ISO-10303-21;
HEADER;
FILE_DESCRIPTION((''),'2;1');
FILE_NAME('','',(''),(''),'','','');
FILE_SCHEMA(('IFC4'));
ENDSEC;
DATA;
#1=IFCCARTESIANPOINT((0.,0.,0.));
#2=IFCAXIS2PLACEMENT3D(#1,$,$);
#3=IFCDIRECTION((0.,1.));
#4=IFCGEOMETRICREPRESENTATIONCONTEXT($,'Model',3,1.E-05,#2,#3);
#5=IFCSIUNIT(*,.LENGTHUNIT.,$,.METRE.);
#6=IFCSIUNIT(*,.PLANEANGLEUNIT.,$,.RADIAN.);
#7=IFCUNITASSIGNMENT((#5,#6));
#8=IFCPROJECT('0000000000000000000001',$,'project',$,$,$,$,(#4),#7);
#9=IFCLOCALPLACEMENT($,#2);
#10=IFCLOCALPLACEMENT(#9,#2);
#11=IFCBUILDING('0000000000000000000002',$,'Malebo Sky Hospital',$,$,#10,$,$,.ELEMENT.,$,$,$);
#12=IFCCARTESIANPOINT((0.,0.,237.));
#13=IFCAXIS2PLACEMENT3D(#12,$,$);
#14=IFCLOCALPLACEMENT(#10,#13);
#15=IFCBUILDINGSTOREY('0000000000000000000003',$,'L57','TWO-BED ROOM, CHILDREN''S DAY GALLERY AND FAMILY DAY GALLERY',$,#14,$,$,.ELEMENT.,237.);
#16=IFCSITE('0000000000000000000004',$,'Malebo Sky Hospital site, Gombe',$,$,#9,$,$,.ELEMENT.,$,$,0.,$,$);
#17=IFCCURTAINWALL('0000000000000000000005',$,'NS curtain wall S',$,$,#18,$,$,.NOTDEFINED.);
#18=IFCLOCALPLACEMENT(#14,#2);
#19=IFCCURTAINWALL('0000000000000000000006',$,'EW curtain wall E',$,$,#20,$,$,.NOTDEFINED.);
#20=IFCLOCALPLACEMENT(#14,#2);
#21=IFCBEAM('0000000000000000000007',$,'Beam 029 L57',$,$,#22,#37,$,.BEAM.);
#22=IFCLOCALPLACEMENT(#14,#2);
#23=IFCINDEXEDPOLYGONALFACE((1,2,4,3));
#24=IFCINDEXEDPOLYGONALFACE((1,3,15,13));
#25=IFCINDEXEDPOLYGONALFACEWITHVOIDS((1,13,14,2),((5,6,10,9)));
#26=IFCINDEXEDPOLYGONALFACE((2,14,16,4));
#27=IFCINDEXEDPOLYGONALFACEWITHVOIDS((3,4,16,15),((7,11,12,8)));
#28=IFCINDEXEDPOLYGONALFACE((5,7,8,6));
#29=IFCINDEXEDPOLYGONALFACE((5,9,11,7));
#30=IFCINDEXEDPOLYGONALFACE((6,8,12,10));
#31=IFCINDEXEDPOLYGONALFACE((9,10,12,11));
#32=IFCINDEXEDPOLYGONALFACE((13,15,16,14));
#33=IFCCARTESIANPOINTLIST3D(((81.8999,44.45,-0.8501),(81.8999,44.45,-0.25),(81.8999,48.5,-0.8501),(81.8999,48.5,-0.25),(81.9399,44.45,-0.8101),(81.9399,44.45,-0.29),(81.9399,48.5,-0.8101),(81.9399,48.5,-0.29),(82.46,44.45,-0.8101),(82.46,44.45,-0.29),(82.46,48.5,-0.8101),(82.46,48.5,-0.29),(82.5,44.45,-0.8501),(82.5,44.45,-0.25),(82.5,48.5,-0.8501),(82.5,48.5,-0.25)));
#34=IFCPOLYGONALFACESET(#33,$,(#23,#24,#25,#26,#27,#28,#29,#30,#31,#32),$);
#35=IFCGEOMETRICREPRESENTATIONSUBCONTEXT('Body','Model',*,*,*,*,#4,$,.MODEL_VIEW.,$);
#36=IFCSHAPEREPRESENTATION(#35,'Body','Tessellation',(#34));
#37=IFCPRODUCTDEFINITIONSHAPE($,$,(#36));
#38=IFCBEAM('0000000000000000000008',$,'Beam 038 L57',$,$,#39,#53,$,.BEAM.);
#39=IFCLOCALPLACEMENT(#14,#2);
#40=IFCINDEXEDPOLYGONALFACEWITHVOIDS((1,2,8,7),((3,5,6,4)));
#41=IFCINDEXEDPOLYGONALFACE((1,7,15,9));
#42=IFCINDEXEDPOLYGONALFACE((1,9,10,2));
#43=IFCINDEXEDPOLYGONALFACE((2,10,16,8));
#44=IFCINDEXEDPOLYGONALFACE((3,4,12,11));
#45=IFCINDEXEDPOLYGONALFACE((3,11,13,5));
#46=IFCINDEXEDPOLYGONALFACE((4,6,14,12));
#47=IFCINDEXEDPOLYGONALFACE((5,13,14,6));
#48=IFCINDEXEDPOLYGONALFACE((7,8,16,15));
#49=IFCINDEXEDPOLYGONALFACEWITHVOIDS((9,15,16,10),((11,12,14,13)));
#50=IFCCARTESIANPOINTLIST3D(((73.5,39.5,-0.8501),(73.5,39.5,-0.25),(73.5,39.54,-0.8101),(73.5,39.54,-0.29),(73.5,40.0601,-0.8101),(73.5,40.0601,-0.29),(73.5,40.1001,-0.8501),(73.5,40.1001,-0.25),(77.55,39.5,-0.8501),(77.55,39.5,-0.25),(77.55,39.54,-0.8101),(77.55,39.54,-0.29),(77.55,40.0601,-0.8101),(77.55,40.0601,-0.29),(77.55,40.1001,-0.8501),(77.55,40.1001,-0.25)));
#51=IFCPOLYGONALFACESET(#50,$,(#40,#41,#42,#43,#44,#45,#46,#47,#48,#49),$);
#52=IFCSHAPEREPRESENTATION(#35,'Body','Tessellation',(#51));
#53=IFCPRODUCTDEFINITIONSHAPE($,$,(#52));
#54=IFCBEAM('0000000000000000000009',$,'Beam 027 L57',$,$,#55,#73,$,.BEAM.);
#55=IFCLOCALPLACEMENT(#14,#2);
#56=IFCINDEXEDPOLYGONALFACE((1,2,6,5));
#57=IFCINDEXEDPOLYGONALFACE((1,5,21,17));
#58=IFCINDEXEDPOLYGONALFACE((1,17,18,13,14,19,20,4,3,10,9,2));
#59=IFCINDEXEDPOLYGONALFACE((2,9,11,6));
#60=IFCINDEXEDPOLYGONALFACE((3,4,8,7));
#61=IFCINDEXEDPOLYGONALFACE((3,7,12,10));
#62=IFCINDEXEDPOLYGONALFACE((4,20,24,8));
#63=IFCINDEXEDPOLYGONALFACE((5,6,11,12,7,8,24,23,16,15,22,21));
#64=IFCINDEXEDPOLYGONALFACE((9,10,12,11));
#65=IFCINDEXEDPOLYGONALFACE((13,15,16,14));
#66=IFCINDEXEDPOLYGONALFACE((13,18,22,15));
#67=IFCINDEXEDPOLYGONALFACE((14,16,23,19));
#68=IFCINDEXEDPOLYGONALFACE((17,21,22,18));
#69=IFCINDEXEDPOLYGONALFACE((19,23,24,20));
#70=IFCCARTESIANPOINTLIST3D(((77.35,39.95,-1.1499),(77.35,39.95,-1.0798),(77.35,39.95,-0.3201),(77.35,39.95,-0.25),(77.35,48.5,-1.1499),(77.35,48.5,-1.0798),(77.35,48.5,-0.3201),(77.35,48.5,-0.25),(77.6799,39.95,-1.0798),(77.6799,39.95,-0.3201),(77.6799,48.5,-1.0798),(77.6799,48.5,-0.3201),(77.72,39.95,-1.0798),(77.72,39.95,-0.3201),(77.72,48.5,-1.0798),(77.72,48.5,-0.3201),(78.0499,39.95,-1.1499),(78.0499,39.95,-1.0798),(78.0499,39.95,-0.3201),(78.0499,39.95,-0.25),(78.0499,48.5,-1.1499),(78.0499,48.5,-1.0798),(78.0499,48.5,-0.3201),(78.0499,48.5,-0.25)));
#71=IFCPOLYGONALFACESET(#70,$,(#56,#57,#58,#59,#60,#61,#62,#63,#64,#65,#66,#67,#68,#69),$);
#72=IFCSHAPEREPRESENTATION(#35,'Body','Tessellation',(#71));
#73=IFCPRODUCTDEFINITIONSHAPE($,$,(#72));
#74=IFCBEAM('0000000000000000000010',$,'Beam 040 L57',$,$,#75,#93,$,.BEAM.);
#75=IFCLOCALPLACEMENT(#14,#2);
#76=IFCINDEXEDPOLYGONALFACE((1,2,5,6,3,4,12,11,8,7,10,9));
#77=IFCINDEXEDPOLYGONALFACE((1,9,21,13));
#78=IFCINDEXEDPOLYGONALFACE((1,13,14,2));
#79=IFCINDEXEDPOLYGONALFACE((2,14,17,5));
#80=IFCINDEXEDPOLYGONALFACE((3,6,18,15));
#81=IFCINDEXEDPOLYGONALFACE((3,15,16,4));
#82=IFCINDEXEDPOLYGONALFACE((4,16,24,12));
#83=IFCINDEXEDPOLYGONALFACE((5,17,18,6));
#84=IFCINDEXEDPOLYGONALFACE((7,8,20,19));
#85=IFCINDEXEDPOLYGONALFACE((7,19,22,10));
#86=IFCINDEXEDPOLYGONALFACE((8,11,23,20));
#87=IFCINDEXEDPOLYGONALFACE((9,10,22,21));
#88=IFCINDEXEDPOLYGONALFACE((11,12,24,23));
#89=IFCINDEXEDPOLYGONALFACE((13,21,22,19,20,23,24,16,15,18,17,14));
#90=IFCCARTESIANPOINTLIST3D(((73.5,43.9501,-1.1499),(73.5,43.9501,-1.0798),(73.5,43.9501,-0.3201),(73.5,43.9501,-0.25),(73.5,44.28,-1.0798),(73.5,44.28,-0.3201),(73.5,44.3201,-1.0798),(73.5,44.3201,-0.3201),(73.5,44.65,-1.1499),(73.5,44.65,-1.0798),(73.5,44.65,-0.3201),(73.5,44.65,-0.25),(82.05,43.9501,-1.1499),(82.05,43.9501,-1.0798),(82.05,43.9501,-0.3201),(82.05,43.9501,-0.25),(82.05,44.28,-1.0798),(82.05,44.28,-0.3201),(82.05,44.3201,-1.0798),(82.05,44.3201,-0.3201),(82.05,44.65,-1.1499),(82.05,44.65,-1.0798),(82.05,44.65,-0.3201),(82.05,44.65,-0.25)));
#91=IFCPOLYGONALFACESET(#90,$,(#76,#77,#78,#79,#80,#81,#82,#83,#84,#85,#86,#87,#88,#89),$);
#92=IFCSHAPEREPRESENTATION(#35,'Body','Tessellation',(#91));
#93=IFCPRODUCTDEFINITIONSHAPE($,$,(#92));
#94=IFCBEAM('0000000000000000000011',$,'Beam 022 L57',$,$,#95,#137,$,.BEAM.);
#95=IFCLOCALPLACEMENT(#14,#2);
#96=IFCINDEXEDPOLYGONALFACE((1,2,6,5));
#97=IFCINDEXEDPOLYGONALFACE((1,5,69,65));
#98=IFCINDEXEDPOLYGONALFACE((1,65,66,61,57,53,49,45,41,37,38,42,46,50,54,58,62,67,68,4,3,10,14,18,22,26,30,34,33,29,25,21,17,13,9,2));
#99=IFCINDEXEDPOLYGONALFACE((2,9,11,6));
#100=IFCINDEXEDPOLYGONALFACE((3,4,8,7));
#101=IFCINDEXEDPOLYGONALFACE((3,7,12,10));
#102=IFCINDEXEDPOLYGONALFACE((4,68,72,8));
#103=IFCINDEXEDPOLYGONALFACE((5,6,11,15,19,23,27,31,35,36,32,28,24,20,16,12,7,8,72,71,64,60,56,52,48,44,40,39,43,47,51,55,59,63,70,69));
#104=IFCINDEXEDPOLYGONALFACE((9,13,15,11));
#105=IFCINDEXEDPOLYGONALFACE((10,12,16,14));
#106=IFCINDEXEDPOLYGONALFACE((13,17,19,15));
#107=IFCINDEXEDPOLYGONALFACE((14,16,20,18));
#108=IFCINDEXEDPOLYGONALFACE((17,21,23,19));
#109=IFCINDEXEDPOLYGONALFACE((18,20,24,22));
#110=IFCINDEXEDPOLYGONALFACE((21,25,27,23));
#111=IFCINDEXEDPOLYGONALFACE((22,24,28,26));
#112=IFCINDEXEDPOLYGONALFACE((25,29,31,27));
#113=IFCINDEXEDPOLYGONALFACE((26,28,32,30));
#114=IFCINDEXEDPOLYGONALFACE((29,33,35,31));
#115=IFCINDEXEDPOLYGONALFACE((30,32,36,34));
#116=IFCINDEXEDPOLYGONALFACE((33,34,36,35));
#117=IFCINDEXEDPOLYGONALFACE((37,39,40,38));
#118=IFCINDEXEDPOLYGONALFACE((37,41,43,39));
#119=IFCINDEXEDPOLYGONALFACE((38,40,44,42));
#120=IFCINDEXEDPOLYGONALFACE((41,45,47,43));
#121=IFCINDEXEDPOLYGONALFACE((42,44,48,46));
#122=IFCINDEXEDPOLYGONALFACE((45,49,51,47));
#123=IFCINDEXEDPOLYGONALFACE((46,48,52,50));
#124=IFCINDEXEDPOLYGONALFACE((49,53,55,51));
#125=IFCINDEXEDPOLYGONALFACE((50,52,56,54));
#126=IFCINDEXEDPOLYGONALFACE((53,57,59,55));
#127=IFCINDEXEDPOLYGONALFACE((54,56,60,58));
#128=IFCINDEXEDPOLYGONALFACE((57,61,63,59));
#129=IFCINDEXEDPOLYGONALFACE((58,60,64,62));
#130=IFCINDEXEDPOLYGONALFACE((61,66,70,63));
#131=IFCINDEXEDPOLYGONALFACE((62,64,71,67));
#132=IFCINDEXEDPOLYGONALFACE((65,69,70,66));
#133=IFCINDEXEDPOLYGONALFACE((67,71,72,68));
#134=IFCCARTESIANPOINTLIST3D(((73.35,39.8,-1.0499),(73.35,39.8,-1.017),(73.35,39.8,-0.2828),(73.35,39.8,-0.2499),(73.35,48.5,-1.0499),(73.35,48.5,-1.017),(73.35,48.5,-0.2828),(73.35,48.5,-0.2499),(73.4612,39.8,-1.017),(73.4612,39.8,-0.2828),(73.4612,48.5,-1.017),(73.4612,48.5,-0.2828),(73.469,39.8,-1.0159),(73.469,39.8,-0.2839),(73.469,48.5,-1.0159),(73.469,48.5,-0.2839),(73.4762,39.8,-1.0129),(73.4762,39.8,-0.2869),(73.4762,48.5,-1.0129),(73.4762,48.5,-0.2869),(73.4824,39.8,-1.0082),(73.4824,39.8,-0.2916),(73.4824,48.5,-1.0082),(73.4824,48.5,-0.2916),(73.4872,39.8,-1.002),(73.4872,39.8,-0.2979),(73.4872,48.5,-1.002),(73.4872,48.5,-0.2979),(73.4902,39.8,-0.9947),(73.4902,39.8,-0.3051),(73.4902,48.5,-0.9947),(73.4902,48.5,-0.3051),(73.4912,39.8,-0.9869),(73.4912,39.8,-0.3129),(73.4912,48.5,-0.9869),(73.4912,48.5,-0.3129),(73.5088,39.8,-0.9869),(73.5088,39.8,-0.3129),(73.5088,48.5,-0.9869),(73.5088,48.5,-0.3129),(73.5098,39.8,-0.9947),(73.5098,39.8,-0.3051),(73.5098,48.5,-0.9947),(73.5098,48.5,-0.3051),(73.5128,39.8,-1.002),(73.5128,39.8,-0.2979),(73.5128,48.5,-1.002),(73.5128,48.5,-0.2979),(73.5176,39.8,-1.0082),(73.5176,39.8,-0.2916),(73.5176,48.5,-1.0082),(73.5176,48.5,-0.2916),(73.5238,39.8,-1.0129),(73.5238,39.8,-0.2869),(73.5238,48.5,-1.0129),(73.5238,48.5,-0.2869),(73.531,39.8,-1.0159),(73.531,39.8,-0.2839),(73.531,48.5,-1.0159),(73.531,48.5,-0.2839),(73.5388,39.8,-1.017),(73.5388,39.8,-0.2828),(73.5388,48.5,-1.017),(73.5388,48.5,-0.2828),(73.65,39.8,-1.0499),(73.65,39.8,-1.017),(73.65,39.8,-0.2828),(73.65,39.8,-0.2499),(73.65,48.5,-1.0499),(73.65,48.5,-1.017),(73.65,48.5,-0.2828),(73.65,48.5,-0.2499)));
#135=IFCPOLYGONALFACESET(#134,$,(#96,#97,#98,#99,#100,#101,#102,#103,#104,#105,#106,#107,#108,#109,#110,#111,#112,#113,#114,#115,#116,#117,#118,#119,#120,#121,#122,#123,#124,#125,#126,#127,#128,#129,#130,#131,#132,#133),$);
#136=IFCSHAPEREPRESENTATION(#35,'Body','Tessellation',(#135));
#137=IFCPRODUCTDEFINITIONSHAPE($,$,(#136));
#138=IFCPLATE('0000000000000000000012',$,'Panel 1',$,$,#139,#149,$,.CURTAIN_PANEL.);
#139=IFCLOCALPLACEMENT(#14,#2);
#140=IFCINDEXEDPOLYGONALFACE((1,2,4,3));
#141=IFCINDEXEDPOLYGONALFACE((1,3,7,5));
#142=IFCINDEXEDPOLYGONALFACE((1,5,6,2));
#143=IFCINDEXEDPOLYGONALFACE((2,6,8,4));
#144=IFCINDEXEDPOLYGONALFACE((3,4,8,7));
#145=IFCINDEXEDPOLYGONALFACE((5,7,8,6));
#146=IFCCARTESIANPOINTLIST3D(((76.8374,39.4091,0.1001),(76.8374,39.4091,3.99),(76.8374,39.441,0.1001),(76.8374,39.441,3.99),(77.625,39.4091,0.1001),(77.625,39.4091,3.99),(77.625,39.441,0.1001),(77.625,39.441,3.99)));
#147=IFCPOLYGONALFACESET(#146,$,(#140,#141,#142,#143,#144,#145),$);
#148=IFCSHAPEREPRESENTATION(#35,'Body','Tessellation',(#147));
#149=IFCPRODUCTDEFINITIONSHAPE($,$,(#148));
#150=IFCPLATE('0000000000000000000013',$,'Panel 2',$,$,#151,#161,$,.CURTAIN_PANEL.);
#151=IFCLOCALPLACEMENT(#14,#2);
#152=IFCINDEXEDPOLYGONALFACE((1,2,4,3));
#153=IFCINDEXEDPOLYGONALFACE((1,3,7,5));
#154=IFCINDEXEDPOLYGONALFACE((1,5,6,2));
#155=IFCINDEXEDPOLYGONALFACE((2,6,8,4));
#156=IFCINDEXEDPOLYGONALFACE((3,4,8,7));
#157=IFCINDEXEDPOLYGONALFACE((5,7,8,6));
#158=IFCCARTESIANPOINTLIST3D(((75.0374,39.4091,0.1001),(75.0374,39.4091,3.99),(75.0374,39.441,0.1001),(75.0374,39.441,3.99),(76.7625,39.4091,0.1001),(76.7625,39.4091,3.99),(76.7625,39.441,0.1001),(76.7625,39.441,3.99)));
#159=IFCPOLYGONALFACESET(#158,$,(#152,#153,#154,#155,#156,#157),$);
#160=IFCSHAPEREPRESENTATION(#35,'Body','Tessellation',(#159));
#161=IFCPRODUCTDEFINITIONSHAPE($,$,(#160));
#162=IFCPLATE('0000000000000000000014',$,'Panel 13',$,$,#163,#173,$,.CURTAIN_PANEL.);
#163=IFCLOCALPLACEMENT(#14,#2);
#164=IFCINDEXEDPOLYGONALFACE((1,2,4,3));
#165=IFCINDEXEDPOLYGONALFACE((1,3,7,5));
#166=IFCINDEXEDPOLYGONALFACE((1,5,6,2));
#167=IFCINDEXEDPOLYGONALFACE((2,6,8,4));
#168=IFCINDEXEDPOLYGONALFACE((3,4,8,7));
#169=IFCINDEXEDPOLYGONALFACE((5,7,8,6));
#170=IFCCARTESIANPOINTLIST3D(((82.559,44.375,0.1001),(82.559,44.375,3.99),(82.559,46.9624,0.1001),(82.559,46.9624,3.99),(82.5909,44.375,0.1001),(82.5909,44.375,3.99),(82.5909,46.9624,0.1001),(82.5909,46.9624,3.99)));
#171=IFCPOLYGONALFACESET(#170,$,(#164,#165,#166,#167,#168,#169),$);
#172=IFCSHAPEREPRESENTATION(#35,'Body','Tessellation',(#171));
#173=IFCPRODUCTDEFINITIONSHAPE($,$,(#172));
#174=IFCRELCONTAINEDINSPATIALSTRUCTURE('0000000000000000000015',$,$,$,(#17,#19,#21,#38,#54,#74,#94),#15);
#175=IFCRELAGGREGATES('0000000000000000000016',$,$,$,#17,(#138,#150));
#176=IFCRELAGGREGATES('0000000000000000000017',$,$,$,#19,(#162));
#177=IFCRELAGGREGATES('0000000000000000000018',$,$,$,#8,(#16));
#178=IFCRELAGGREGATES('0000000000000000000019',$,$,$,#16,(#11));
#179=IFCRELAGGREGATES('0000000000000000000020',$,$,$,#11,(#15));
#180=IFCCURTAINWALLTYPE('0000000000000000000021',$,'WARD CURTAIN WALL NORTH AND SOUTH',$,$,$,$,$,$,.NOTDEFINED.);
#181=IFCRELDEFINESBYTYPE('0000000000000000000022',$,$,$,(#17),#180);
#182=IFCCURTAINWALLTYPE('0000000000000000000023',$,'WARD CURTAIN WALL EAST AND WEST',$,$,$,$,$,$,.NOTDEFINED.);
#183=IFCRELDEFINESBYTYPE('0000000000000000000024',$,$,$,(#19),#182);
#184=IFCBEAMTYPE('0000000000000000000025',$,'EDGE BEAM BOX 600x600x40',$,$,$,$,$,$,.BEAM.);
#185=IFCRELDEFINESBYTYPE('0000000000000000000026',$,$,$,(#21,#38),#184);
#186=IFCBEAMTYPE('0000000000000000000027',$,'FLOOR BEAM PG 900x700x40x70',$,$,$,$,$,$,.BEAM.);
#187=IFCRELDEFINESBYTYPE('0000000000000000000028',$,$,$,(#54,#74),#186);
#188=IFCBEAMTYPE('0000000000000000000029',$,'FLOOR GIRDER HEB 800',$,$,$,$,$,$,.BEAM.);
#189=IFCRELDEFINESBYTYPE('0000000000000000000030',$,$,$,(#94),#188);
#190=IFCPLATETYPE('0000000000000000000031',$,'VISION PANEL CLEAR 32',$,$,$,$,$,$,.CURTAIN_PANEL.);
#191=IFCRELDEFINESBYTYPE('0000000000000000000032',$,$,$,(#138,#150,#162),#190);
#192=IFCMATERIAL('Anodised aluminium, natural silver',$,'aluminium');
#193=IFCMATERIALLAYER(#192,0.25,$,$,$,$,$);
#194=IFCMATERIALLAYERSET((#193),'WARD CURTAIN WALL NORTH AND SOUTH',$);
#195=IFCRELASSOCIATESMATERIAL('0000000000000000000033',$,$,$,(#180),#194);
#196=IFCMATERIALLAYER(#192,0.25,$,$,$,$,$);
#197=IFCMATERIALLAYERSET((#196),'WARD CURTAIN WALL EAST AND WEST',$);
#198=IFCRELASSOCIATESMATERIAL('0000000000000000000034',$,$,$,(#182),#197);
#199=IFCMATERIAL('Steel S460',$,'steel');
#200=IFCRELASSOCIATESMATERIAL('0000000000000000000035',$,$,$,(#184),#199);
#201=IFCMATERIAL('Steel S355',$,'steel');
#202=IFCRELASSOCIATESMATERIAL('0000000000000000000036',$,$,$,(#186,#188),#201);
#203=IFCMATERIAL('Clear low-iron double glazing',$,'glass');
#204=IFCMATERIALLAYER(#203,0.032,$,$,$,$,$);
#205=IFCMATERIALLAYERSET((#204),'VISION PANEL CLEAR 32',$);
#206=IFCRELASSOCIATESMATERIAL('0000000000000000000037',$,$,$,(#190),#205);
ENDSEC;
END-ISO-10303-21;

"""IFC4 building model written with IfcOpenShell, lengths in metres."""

from ifc_helpers import new_model, si_unit, direction, frame, origin, origin_2d, place, context, subcontext, project, spatial, rectangle, hollow_rectangle, i_section, extrude, material, layer, layer_set, material_profile, profile_set, type_object, element, aggregate, save


model = new_model("IFC4")

# Units and contexts
model_context = context("Model", 3, precision=1e-05, world=origin(), true_north=direction((0.0, 1.0)))
body_context = subcontext(model_context, "Body", "Model", "MODEL_VIEW")
ifc_project = project(units=[si_unit("LENGTHUNIT", "METRE"), si_unit("PLANEANGLEUNIT", "RADIAN")], contexts=[model_context])

# Site, building, storey
site_placement = place(None, origin())
site = spatial("IfcSite", under=ifc_project, at=site_placement, Name="Malebo Sky Hospital site, Gombe", CompositionType="ELEMENT", RefElevation=0.0)
building_placement = place(site_placement, origin())
building = spatial("IfcBuilding", under=site, at=building_placement, Name="Malebo Sky Hospital", CompositionType="ELEMENT")
storey_placement = place(building_placement, frame((0.0, 0.0, 237.0)))
storey = spatial("IfcBuildingStorey", under=building, at=storey_placement, Name="L57", Description="TWO-BED ROOM, CHILDREN'S DAY GALLERY AND FAMILY DAY GALLERY", CompositionType="ELEMENT", Elevation=237.0)

# Shared definitions
ifc_material_1 = material(Name="Steel S460", Category="steel")

# Curtain wall
ifc_material_2 = material(Name="Anodised aluminium, natural silver", Category="aluminium")
ifc_layer_1 = layer(ifc_material_2, 0.25)
ifc_layer_set_1 = layer_set([ifc_layer_1], Name="WARD CURTAIN WALL NORTH AND SOUTH")
curtain_wall_type_1 = type_object("IfcCurtainWallType", Name="WARD CURTAIN WALL NORTH AND SOUTH", PredefinedType="NOTDEFINED", material=ifc_layer_set_1)
curtain_wall_1_placement = place(storey_placement, origin())
curtain_wall_1 = element("IfcCurtainWall", 1, at=curtain_wall_1_placement, inside=storey, type_object=curtain_wall_type_1, Name="NS curtain wall S", PredefinedType="NOTDEFINED")

# Curtain wall
ifc_layer_2 = layer(ifc_material_2, 0.25)
ifc_layer_set_2 = layer_set([ifc_layer_2], Name="WARD CURTAIN WALL EAST AND WEST")
curtain_wall_type_2 = type_object("IfcCurtainWallType", Name="WARD CURTAIN WALL EAST AND WEST", PredefinedType="NOTDEFINED", material=ifc_layer_set_2)
curtain_wall_2_placement = place(storey_placement, origin())
curtain_wall_2 = element("IfcCurtainWall", 2, at=curtain_wall_2_placement, inside=storey, type_object=curtain_wall_type_2, Name="EW curtain wall E", PredefinedType="NOTDEFINED")

# Beams
ifc_material_profile_1 = material_profile(ifc_material_1, hollow_rectangle(XDim=0.6001, YDim=0.6001, WallThickness=0.04, at=origin_2d()), Name="BOX 600x600x40")
ifc_profile_set_1 = profile_set([ifc_material_profile_1], Name="Steel S460")
beam_type_1 = type_object("IfcBeamType", Name="EDGE BEAM BOX 600x600x40", PredefinedType="BEAM", material=ifc_profile_set_1)
for number, where, z_axis, x_axis, name in (
    (3, (82.2, 44.45, -0.55), (0.0, 1.0, 0.0), (-1.0, 0.0, 0.0), "Beam 029 L57"),
    (4, (73.5, 39.8, -0.55), (1.0, 0.0, 0.0), (0.0, 1.0, 0.0), "Beam 038 L57"),
):
    element("IfcBeam", number, at=place(storey_placement, frame(where, z_axis=z_axis, x_axis=x_axis)), inside=storey, type_object=beam_type_1, Name=name, PredefinedType="BEAM", context=body_context, shape_type="SweptSolid", body=[
        extrude(hollow_rectangle(XDim=0.6001, YDim=0.6001, WallThickness=0.04, at=origin_2d()), origin(), (0.0, 0.0, 1.0), 4.05),
    ])
ifc_material_3 = material(Name="Steel S355", Category="steel")
ifc_material_profile_2 = material_profile(ifc_material_3, i_section(OverallWidth=0.7, OverallDepth=0.8999, WebThickness=0.04, FlangeThickness=0.0701, at=origin_2d()), Name="PG 900x700x40x70")
ifc_profile_set_2 = profile_set([ifc_material_profile_2], Name="Steel S355")
beam_type_2 = type_object("IfcBeamType", Name="FLOOR BEAM PG 900x700x40x70", PredefinedType="BEAM", material=ifc_profile_set_2)
for number, where, z_axis, x_axis, name in (
    (5, (77.7, 39.95, -0.7), (0.0, 1.0, 0.0), (-1.0, 0.0, 0.0), "Beam 027 L57"),
    (6, (73.5, 44.3, -0.7), (1.0, 0.0, 0.0), (0.0, 1.0, 0.0), "Beam 040 L57"),
):
    element("IfcBeam", number, at=place(storey_placement, frame(where, z_axis=z_axis, x_axis=x_axis)), inside=storey, type_object=beam_type_2, Name=name, PredefinedType="BEAM", context=body_context, shape_type="SweptSolid", body=[
        extrude(i_section(OverallWidth=0.7, OverallDepth=0.8999, WebThickness=0.04, FlangeThickness=0.0701, at=origin_2d()), origin(), (0.0, 0.0, 1.0), 8.55),
    ])
ifc_material_profile_3 = material_profile(ifc_material_3, i_section(OverallWidth=0.3, OverallDepth=0.8, WebThickness=0.0176, FlangeThickness=0.033, FilletRadius=0.03, at=origin_2d()), Name="HEB 800")
ifc_profile_set_3 = profile_set([ifc_material_profile_3], Name="Steel S355")
beam_type_3 = type_object("IfcBeamType", Name="FLOOR GIRDER HEB 800", PredefinedType="BEAM", material=ifc_profile_set_3)
beam_placement = place(storey_placement, frame((73.5, 39.8, -0.6499), z_axis=(0.0, 1.0, 0.0), x_axis=(-1.0, 0.0, 0.0)))
element("IfcBeam", 7, at=beam_placement, inside=storey, type_object=beam_type_3, Name="Beam 022 L57", PredefinedType="BEAM", context=body_context, shape_type="SweptSolid", body=[
    extrude(i_section(OverallWidth=0.3, OverallDepth=0.8, WebThickness=0.0176, FlangeThickness=0.033, FilletRadius=0.03, at=origin_2d()), origin(), (0.0, 0.0, 1.0), 8.7),
])

# Plates
ifc_material_4 = material(Name="Clear low-iron double glazing", Category="glass")
ifc_layer_3 = layer(ifc_material_4, 0.032)
ifc_layer_set_3 = layer_set([ifc_layer_3], Name="VISION PANEL CLEAR 32")
plate_type = type_object("IfcPlateType", Name="VISION PANEL CLEAR 32", PredefinedType="CURTAIN_PANEL", material=ifc_layer_set_3)
plate_1_placement = place(storey_placement, frame((77.2312, 39.425, 0.1001), z_axis=(0.0, 0.0, 1.0), x_axis=(-1.0, 0.0, 0.0)))
plate_1 = element("IfcPlate", 8, at=plate_1_placement, type_object=plate_type, Name="Panel 1", PredefinedType="CURTAIN_PANEL", context=body_context, shape_type="SweptSolid", body=[
    extrude(rectangle(XDim=0.7876, YDim=0.032, at=origin_2d()), origin(), (0.0, 0.0, 1.0), 3.8899),
])
plate_2_placement = place(storey_placement, frame((75.8999, 39.425, 0.1001), z_axis=(0.0, 0.0, 1.0), x_axis=(-1.0, 0.0, 0.0)))
plate_2 = element("IfcPlate", 9, at=plate_2_placement, type_object=plate_type, Name="Panel 2", PredefinedType="CURTAIN_PANEL", context=body_context, shape_type="SweptSolid", body=[
    extrude(rectangle(XDim=1.7251, YDim=0.032, at=origin_2d()), origin(), (0.0, 0.0, 1.0), 3.8899),
])
aggregate(curtain_wall_1, [plate_1, plate_2])
plate_3_placement = place(storey_placement, frame((82.575, 45.6687, 0.1001), z_axis=(0.0, 0.0, 1.0), x_axis=(0.0, -1.0, 0.0)))
plate_3 = element("IfcPlate", 10, at=plate_3_placement, type_object=plate_type, Name="Panel 13", PredefinedType="CURTAIN_PANEL", context=body_context, shape_type="SweptSolid", body=[
    extrude(rectangle(XDim=2.5874, YDim=0.032, at=origin_2d()), origin(), (0.0, 0.0, 1.0), 3.8899),
])
aggregate(curtain_wall_2, [plate_3])

save(model, "model.ifc")
